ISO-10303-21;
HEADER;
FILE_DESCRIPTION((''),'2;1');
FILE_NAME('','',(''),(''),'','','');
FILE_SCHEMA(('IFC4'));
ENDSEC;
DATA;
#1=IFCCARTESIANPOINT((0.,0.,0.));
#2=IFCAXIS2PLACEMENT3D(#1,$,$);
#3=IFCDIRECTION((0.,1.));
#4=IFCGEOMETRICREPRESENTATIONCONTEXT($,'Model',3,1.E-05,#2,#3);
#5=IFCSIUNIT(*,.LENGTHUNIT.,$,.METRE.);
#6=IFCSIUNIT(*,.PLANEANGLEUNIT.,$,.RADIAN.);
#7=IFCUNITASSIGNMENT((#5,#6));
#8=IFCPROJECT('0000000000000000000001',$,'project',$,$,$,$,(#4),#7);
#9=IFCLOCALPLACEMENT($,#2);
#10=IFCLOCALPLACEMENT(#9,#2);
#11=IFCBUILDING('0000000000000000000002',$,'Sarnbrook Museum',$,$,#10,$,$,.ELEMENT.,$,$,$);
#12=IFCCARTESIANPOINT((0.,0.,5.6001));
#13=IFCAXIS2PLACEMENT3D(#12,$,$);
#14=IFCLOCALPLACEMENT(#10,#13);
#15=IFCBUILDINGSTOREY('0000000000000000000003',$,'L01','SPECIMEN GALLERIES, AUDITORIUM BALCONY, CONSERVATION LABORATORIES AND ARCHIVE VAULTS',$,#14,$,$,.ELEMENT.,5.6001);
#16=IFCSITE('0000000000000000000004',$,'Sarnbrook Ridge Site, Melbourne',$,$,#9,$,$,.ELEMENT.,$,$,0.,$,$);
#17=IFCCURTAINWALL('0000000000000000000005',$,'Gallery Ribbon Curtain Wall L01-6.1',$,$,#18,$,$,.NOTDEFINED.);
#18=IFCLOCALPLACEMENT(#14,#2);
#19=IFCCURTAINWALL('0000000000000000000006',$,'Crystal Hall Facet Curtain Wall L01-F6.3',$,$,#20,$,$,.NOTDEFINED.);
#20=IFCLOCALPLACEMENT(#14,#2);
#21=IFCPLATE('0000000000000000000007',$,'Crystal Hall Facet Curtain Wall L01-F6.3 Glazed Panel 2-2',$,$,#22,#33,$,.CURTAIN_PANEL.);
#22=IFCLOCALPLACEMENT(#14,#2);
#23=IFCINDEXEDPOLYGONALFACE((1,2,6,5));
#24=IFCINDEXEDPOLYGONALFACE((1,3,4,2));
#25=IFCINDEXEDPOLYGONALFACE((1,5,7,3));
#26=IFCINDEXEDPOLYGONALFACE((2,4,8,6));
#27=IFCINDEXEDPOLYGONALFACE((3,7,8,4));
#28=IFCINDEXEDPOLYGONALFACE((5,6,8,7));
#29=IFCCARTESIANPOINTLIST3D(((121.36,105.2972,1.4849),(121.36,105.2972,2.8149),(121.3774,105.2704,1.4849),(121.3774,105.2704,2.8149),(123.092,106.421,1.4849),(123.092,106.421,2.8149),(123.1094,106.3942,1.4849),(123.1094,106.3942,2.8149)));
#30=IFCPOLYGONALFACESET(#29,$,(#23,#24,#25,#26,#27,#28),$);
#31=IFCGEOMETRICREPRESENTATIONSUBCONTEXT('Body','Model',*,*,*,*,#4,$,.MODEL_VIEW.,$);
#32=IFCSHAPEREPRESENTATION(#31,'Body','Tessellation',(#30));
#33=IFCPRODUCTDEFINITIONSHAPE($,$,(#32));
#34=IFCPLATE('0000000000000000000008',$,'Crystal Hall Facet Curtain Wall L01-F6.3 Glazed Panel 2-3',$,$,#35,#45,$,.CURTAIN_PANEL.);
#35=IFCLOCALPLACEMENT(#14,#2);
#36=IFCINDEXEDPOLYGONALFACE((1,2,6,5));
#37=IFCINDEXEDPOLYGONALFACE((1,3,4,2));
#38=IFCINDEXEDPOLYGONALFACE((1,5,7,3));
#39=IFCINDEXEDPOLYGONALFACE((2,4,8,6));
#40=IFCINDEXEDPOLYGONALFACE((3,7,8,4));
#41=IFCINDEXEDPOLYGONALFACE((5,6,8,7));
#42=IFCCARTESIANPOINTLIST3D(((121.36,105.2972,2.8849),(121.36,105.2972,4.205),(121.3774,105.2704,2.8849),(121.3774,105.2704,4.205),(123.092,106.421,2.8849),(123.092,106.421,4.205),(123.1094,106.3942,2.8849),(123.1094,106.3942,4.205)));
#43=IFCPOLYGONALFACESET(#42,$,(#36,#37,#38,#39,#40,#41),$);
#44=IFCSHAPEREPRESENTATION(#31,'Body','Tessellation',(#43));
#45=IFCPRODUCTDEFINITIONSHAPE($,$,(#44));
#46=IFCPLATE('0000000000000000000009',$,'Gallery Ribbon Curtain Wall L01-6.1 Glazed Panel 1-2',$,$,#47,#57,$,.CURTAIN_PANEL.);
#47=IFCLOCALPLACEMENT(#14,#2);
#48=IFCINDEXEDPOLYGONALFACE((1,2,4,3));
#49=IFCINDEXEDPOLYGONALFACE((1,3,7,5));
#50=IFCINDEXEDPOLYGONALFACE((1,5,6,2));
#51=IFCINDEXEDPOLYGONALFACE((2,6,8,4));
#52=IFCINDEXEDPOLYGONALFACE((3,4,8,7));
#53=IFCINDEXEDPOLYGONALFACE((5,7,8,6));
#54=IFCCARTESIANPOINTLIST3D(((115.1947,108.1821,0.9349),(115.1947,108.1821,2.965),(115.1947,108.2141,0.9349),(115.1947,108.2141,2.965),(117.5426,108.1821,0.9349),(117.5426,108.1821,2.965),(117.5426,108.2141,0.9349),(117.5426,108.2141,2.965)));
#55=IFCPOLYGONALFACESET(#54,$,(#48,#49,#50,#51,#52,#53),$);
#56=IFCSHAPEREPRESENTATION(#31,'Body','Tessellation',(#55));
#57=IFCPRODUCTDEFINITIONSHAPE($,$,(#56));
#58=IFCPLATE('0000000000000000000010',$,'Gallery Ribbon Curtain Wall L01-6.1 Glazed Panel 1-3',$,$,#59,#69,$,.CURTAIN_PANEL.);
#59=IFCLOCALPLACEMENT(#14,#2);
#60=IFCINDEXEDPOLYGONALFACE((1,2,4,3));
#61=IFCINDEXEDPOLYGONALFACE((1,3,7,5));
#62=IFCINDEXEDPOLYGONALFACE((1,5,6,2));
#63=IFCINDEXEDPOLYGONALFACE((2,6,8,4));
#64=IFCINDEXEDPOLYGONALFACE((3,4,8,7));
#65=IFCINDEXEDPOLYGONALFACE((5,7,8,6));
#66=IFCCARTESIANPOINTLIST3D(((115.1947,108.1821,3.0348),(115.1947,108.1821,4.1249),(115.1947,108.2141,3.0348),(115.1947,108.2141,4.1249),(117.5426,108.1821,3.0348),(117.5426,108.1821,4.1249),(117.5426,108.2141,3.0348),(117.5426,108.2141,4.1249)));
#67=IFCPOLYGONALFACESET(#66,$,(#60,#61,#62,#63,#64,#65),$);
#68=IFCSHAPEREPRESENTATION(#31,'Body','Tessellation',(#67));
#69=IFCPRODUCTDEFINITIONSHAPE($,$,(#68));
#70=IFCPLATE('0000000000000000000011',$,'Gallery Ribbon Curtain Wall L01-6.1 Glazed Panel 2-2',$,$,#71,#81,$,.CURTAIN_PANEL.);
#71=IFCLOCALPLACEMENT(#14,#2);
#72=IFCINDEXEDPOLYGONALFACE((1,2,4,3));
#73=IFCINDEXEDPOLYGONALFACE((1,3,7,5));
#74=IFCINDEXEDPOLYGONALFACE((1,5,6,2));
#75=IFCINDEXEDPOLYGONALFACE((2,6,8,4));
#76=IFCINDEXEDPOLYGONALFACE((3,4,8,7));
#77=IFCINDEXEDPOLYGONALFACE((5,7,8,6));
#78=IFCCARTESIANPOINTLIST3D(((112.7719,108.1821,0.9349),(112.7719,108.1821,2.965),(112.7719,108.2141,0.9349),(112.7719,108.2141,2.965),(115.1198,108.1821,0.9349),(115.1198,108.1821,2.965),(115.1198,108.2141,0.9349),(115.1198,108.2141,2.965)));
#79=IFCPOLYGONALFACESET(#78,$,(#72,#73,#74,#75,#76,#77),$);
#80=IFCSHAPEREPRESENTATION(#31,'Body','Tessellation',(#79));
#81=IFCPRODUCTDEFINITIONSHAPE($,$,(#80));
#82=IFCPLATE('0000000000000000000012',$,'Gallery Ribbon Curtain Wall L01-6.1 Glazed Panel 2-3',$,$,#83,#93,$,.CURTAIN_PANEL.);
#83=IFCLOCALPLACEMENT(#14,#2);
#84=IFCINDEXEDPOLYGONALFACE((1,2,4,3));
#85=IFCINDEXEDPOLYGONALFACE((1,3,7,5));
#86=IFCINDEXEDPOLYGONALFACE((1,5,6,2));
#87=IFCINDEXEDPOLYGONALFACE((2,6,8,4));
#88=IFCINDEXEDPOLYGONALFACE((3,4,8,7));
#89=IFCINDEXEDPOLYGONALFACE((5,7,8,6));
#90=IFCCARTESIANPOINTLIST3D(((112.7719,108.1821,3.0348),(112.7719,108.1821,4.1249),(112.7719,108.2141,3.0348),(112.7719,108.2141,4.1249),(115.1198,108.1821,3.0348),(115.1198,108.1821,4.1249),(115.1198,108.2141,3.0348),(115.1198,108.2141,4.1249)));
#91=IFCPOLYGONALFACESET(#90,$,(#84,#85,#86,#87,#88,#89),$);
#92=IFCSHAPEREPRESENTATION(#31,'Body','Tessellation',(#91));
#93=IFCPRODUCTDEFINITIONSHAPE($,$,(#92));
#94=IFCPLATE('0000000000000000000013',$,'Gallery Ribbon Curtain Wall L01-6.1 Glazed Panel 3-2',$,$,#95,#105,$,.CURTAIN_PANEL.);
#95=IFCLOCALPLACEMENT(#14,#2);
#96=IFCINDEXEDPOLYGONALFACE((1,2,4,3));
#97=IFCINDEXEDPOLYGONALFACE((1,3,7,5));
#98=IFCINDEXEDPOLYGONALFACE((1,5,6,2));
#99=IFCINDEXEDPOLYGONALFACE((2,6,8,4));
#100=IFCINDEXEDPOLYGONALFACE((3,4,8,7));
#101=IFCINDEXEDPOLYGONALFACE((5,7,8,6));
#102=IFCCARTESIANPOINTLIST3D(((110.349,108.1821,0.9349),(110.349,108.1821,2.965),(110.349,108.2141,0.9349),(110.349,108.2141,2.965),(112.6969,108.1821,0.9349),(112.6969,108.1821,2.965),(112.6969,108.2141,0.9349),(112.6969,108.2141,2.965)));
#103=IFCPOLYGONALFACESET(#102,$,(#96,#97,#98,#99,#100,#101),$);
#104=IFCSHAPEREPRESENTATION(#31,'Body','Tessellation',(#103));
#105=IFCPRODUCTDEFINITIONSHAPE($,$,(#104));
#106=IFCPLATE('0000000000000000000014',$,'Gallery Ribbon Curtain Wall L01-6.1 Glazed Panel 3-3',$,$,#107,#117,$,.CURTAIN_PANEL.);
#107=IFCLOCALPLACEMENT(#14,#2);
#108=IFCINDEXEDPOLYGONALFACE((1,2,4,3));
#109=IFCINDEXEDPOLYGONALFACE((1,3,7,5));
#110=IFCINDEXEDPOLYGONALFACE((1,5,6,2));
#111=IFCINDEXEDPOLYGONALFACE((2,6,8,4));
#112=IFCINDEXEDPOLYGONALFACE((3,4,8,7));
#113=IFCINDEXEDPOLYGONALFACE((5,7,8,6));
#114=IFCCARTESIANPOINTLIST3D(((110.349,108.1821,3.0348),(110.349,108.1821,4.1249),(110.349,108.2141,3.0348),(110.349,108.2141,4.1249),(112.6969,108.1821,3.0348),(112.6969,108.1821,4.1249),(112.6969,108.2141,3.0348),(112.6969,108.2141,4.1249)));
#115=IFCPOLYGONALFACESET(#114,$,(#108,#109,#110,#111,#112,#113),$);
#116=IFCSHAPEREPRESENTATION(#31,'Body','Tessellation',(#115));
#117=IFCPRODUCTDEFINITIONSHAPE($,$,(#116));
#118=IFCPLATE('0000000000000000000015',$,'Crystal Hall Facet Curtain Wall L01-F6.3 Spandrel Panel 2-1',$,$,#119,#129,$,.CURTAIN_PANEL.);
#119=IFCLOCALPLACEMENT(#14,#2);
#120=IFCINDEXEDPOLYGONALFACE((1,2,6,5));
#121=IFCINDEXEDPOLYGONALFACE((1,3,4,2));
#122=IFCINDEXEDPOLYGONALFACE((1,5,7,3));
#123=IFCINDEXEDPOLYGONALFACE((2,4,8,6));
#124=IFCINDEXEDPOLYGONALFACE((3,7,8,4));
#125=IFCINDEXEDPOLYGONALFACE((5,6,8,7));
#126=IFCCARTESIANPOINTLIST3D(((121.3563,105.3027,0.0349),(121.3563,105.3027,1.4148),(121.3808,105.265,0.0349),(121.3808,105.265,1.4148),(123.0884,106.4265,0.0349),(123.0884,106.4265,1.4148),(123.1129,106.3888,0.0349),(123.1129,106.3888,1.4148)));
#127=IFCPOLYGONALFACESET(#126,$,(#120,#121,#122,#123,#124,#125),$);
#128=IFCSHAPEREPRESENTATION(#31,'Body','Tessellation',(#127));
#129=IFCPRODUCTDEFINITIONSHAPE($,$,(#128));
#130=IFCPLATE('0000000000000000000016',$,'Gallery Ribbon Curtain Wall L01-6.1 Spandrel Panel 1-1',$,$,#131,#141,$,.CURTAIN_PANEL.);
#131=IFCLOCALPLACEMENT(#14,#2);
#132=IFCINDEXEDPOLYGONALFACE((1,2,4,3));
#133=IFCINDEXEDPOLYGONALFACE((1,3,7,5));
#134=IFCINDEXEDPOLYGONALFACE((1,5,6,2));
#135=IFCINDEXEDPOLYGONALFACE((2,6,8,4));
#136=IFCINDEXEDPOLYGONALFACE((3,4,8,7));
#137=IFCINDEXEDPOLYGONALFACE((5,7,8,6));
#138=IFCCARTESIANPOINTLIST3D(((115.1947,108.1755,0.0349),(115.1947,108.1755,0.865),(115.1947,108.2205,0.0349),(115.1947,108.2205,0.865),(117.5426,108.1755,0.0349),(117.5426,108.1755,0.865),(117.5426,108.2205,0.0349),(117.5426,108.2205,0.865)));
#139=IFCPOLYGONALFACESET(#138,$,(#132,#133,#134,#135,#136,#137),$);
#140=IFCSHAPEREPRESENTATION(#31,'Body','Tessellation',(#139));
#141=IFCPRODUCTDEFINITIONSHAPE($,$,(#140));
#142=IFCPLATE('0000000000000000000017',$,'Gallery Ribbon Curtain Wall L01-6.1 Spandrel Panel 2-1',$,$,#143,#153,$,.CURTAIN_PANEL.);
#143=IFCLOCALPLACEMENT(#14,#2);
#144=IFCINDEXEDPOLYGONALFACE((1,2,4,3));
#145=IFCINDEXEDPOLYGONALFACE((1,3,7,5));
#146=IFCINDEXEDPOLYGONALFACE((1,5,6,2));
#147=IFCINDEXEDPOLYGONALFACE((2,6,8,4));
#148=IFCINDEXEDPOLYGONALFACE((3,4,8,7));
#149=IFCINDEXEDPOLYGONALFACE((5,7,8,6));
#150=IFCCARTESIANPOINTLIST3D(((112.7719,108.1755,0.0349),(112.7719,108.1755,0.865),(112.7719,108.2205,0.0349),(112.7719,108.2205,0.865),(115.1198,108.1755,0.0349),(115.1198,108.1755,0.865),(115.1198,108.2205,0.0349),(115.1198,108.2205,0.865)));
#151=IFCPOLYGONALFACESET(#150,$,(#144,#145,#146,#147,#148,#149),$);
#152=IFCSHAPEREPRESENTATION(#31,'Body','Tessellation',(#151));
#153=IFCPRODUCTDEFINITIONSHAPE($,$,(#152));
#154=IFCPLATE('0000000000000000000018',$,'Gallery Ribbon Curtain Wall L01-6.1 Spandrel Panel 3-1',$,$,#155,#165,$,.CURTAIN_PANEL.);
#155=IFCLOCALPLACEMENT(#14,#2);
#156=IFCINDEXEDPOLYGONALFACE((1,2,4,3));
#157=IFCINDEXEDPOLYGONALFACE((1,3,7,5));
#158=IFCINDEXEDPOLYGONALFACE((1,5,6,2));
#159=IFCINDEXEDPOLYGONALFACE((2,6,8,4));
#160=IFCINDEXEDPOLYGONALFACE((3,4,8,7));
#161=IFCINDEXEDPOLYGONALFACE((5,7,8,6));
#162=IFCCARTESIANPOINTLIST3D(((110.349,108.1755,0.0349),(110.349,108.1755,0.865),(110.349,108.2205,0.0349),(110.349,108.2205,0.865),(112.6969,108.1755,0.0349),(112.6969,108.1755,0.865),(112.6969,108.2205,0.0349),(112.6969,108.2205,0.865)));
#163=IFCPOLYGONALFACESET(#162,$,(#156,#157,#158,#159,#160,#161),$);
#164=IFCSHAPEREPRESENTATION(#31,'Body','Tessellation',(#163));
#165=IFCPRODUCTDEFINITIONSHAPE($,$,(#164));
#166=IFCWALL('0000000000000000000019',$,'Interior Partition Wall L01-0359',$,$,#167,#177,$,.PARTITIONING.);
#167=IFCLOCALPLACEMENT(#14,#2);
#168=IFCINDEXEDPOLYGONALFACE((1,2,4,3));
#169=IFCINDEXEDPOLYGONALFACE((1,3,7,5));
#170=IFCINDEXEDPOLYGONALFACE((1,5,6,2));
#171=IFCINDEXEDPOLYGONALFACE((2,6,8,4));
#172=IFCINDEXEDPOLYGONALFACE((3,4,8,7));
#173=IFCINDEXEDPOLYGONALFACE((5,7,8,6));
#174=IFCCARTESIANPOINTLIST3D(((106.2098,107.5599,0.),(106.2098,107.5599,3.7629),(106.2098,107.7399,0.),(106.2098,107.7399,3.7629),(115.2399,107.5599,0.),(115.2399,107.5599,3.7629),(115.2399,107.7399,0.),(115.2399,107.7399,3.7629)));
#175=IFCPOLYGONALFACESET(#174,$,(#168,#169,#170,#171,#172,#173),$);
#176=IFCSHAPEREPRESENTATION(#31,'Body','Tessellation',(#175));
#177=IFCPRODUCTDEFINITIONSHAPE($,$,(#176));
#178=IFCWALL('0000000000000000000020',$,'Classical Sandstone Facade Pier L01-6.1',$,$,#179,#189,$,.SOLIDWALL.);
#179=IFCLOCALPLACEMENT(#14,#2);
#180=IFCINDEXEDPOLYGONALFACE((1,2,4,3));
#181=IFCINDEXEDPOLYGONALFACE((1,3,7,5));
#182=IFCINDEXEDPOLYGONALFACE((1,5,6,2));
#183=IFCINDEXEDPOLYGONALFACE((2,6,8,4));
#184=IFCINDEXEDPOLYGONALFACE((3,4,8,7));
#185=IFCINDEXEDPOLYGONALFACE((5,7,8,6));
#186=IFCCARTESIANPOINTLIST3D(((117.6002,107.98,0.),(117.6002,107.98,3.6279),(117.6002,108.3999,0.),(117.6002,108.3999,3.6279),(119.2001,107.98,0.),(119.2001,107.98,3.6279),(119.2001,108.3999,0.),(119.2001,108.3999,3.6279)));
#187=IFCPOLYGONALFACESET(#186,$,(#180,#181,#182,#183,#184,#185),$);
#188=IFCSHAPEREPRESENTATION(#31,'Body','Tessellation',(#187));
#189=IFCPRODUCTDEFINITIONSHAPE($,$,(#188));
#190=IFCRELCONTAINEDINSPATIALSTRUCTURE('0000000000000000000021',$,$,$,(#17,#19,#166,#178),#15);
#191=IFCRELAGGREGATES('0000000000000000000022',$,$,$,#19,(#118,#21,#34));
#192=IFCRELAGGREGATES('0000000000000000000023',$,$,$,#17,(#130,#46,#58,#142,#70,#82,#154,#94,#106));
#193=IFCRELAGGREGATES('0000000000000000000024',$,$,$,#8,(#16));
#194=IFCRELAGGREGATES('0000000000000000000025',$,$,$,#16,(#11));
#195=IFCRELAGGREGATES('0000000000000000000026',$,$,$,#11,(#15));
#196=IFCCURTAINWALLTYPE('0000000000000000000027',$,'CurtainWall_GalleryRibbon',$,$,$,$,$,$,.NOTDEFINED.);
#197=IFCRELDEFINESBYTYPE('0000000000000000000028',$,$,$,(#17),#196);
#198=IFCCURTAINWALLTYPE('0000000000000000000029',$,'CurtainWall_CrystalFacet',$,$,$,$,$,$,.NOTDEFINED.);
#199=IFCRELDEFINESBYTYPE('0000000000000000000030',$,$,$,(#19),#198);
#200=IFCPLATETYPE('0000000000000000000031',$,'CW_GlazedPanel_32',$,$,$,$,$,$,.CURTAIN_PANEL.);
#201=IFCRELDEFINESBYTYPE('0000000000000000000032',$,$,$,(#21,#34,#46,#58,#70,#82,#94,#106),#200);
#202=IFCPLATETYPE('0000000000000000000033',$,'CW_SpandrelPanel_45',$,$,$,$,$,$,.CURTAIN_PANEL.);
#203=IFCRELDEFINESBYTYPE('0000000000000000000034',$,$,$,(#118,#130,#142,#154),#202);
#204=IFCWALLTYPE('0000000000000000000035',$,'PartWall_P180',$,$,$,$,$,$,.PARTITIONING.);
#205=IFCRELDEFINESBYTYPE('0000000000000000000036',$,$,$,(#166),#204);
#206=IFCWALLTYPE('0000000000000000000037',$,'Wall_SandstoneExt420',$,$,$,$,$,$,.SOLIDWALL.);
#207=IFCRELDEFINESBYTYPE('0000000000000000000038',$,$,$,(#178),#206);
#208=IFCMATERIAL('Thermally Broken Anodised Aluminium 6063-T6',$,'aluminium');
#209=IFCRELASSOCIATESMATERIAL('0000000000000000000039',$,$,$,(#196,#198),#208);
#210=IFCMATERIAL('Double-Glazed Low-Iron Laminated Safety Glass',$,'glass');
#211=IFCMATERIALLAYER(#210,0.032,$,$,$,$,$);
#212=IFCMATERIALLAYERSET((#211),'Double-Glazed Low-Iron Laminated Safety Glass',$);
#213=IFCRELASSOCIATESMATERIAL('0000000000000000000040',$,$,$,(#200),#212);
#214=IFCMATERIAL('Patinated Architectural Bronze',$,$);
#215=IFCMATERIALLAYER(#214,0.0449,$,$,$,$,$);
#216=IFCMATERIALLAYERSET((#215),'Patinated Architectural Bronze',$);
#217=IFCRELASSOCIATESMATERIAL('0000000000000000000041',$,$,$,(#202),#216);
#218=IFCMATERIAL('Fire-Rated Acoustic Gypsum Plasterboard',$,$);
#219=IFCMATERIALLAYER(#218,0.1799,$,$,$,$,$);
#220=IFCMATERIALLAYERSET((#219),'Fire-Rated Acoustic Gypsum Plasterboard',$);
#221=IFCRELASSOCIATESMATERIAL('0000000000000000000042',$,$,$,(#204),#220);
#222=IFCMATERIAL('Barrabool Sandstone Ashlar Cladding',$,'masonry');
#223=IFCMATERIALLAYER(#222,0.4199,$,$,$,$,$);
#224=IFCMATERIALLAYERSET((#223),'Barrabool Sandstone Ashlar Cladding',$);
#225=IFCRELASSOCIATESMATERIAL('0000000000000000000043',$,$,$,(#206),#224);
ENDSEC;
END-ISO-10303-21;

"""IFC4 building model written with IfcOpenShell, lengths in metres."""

from ifc_helpers import new_model, si_unit, direction, frame, frame_2d, origin, origin_2d, place, context, subcontext, project, spatial, rectangle, extrude, material, layer, layer_set, type_object, element, aggregate, save


model = new_model("IFC4")

# Units and contexts
model_context = context("Model", 3, precision=1e-05, world=origin(), true_north=direction((0.0, 1.0)))
body_context = subcontext(model_context, "Body", "Model", "MODEL_VIEW")
ifc_project = project(units=[si_unit("LENGTHUNIT", "METRE"), si_unit("PLANEANGLEUNIT", "RADIAN")], contexts=[model_context])

# Site, building, storey
site_placement = place(None, origin())
site = spatial("IfcSite", under=ifc_project, at=site_placement, Name="Sarnbrook Ridge Site, Melbourne", CompositionType="ELEMENT", RefElevation=0.0)
building_placement = place(site_placement, origin())
building = spatial("IfcBuilding", under=site, at=building_placement, Name="Sarnbrook Museum", CompositionType="ELEMENT")
storey_placement = place(building_placement, frame((0.0, 0.0, 5.6001)))
storey = spatial("IfcBuildingStorey", under=building, at=storey_placement, Name="L01", Description="SPECIMEN GALLERIES, AUDITORIUM BALCONY, CONSERVATION LABORATORIES AND ARCHIVE VAULTS", CompositionType="ELEMENT", Elevation=5.6001)

# Curtain walls
ifc_material_1 = material(Name="Thermally Broken Anodised Aluminium 6063-T6", Category="aluminium")
curtain_wall_type_1 = type_object("IfcCurtainWallType", Name="CurtainWall_GalleryRibbon", PredefinedType="NOTDEFINED", material=ifc_material_1)
curtain_wall_1_placement = place(storey_placement, origin())
curtain_wall_1 = element("IfcCurtainWall", 1, at=curtain_wall_1_placement, inside=storey, type_object=curtain_wall_type_1, Name="Gallery Ribbon Curtain Wall L01-6.1", PredefinedType="NOTDEFINED")
curtain_wall_type_2 = type_object("IfcCurtainWallType", Name="CurtainWall_CrystalFacet", PredefinedType="NOTDEFINED", material=ifc_material_1)
curtain_wall_2_placement = place(storey_placement, origin())
curtain_wall_2 = element("IfcCurtainWall", 2, at=curtain_wall_2_placement, inside=storey, type_object=curtain_wall_type_2, Name="Crystal Hall Facet Curtain Wall L01-F6.3", PredefinedType="NOTDEFINED")

# Plates
ifc_material_2 = material(Name="Double-Glazed Low-Iron Laminated Safety Glass", Category="glass")
ifc_layer_1 = layer(ifc_material_2, 0.032)
ifc_layer_set_1 = layer_set([ifc_layer_1], Name="Double-Glazed Low-Iron Laminated Safety Glass")
plate_type_1 = type_object("IfcPlateType", Name="CW_GlazedPanel_32", PredefinedType="CURTAIN_PANEL", material=ifc_layer_set_1)
plate_1_placement = place(storey_placement, frame((122.2434, 105.8323, 2.1499), z_axis=(-0.544287, 0.838899, 0.0), x_axis=(-0.838899, -0.544287, 0.0)))
plate_1 = element("IfcPlate", 3, at=plate_1_placement, type_object=plate_type_1, Name="Crystal Hall Facet Curtain Wall L01-F6.3 Glazed Panel 2-2", PredefinedType="CURTAIN_PANEL", context=body_context, shape_type="SweptSolid", body=[
    extrude(rectangle(XDim=2.0647, YDim=1.3301, at=origin_2d()), origin(), (0.0, 0.0, 1.0), 0.032),
])
plate_2_placement = place(storey_placement, frame((122.2434, 105.8323, 3.5449), z_axis=(-0.544287, 0.838899, 0.0), x_axis=(-0.838899, -0.544287, 0.0)))
plate_2 = element("IfcPlate", 4, at=plate_2_placement, type_object=plate_type_1, Name="Crystal Hall Facet Curtain Wall L01-F6.3 Glazed Panel 2-3", PredefinedType="CURTAIN_PANEL", context=body_context, shape_type="SweptSolid", body=[
    extrude(rectangle(XDim=2.0647, YDim=1.3201, at=origin_2d()), origin(), (0.0, 0.0, 1.0), 0.032),
])
plate_3_placement = place(storey_placement, frame((116.3687, 108.1821, 1.95), z_axis=(0.0, 1.0, 0.0), x_axis=(-1.0, 0.0, 0.0)))
plate_3 = element("IfcPlate", 5, at=plate_3_placement, type_object=plate_type_1, Name="Gallery Ribbon Curtain Wall L01-6.1 Glazed Panel 1-2", PredefinedType="CURTAIN_PANEL", context=body_context, shape_type="SweptSolid", body=[
    extrude(rectangle(XDim=2.3479, YDim=2.03, at=origin_2d()), origin(), (0.0, 0.0, 1.0), 0.032),
])
plate_4_placement = place(storey_placement, frame((116.3687, 108.1821, 3.5798), z_axis=(0.0, 1.0, 0.0), x_axis=(-1.0, 0.0, 0.0)))
plate_4 = element("IfcPlate", 6, at=plate_4_placement, type_object=plate_type_1, Name="Gallery Ribbon Curtain Wall L01-6.1 Glazed Panel 1-3", PredefinedType="CURTAIN_PANEL", context=body_context, shape_type="SweptSolid", body=[
    extrude(rectangle(XDim=2.3479, YDim=1.0901, at=origin_2d()), origin(), (0.0, 0.0, 1.0), 0.032),
])
plate_5_placement = place(storey_placement, frame((113.9458, 108.1821, 1.95), z_axis=(0.0, 1.0, 0.0), x_axis=(-1.0, 0.0, 0.0)))
plate_5 = element("IfcPlate", 7, at=plate_5_placement, type_object=plate_type_1, Name="Gallery Ribbon Curtain Wall L01-6.1 Glazed Panel 2-2", PredefinedType="CURTAIN_PANEL", context=body_context, shape_type="SweptSolid", body=[
    extrude(rectangle(XDim=2.3479, YDim=2.03, at=origin_2d()), origin(), (0.0, 0.0, 1.0), 0.032),
])
plate_6_placement = place(storey_placement, frame((113.9458, 108.1821, 3.5798), z_axis=(0.0, 1.0, 0.0), x_axis=(-1.0, 0.0, 0.0)))
plate_6 = element("IfcPlate", 8, at=plate_6_placement, type_object=plate_type_1, Name="Gallery Ribbon Curtain Wall L01-6.1 Glazed Panel 2-3", PredefinedType="CURTAIN_PANEL", context=body_context, shape_type="SweptSolid", body=[
    extrude(rectangle(XDim=2.3479, YDim=1.0901, at=origin_2d()), origin(), (0.0, 0.0, 1.0), 0.032),
])
plate_7_placement = place(storey_placement, frame((111.5229, 108.1821, 1.95), z_axis=(0.0, 1.0, 0.0), x_axis=(-1.0, 0.0, 0.0)))
plate_7 = element("IfcPlate", 9, at=plate_7_placement, type_object=plate_type_1, Name="Gallery Ribbon Curtain Wall L01-6.1 Glazed Panel 3-2", PredefinedType="CURTAIN_PANEL", context=body_context, shape_type="SweptSolid", body=[
    extrude(rectangle(XDim=2.3479, YDim=2.03, at=origin_2d()), origin(), (0.0, 0.0, 1.0), 0.032),
])
plate_8_placement = place(storey_placement, frame((111.5229, 108.1821, 3.5798), z_axis=(0.0, 1.0, 0.0), x_axis=(-1.0, 0.0, 0.0)))
plate_8 = element("IfcPlate", 10, at=plate_8_placement, type_object=plate_type_1, Name="Gallery Ribbon Curtain Wall L01-6.1 Glazed Panel 3-3", PredefinedType="CURTAIN_PANEL", context=body_context, shape_type="SweptSolid", body=[
    extrude(rectangle(XDim=2.3479, YDim=1.0901, at=origin_2d()), origin(), (0.0, 0.0, 1.0), 0.032),
])
ifc_material_3 = material(Name="Patinated Architectural Bronze")
ifc_layer_2 = layer(ifc_material_3, 0.0449)
ifc_layer_set_2 = layer_set([ifc_layer_2], Name="Patinated Architectural Bronze")
plate_type_2 = type_object("IfcPlateType", Name="CW_SpandrelPanel_45", PredefinedType="CURTAIN_PANEL", material=ifc_layer_set_2)
plate_9_placement = place(storey_placement, frame((122.2468, 105.8269, 0.7249), z_axis=(-0.544287, 0.838899, 0.0), x_axis=(-0.838899, -0.544287, 0.0)))
plate_9 = element("IfcPlate", 11, at=plate_9_placement, type_object=plate_type_2, Name="Crystal Hall Facet Curtain Wall L01-F6.3 Spandrel Panel 2-1", PredefinedType="CURTAIN_PANEL", context=body_context, shape_type="SweptSolid", body=[
    extrude(rectangle(XDim=2.0647, YDim=1.3799, at=origin_2d()), origin(), (0.0, 0.0, 1.0), 0.0449),
])
aggregate(curtain_wall_2, [plate_9, plate_1, plate_2])
plate_10_placement = place(storey_placement, frame((116.3687, 108.1755, 0.45), z_axis=(0.0, 1.0, 0.0), x_axis=(-1.0, 0.0, 0.0)))
plate_10 = element("IfcPlate", 12, at=plate_10_placement, type_object=plate_type_2, Name="Gallery Ribbon Curtain Wall L01-6.1 Spandrel Panel 1-1", PredefinedType="CURTAIN_PANEL", context=body_context, shape_type="SweptSolid", body=[
    extrude(rectangle(XDim=2.3479, YDim=0.8301, at=origin_2d()), origin(), (0.0, 0.0, 1.0), 0.0449),
])
plate_11_placement = place(storey_placement, frame((113.9458, 108.1755, 0.45), z_axis=(0.0, 1.0, 0.0), x_axis=(-1.0, 0.0, 0.0)))
plate_11 = element("IfcPlate", 13, at=plate_11_placement, type_object=plate_type_2, Name="Gallery Ribbon Curtain Wall L01-6.1 Spandrel Panel 2-1", PredefinedType="CURTAIN_PANEL", context=body_context, shape_type="SweptSolid", body=[
    extrude(rectangle(XDim=2.3479, YDim=0.8301, at=origin_2d()), origin(), (0.0, 0.0, 1.0), 0.0449),
])
plate_12_placement = place(storey_placement, frame((111.5229, 108.1755, 0.45), z_axis=(0.0, 1.0, 0.0), x_axis=(-1.0, 0.0, 0.0)))
plate_12 = element("IfcPlate", 14, at=plate_12_placement, type_object=plate_type_2, Name="Gallery Ribbon Curtain Wall L01-6.1 Spandrel Panel 3-1", PredefinedType="CURTAIN_PANEL", context=body_context, shape_type="SweptSolid", body=[
    extrude(rectangle(XDim=2.3479, YDim=0.8301, at=origin_2d()), origin(), (0.0, 0.0, 1.0), 0.0449),
])
aggregate(curtain_wall_1, [plate_10, plate_3, plate_4, plate_11, plate_5, plate_6, plate_12, plate_7, plate_8])

# Walls
ifc_material_4 = material(Name="Fire-Rated Acoustic Gypsum Plasterboard")
ifc_layer_3 = layer(ifc_material_4, 0.1799)
ifc_layer_set_3 = layer_set([ifc_layer_3], Name="Fire-Rated Acoustic Gypsum Plasterboard")
wall_type_1 = type_object("IfcWallType", Name="PartWall_P180", PredefinedType="PARTITIONING", material=ifc_layer_set_3)
wall_1_placement = place(storey_placement, frame((115.24, 107.6499, 0.0), z_axis=(0.0, 0.0, 1.0), x_axis=(-1.0, 0.0, 0.0)))
element("IfcWall", 15, at=wall_1_placement, inside=storey, type_object=wall_type_1, Name="Interior Partition Wall L01-0359", PredefinedType="PARTITIONING", context=body_context, shape_type="SweptSolid", body=[
    extrude(rectangle(XDim=9.03, YDim=0.1799, at=frame_2d((4.5151, 0.0))), origin(), (0.0, 0.0, 1.0), 3.7629),
])
ifc_material_5 = material(Name="Barrabool Sandstone Ashlar Cladding", Category="masonry")
ifc_layer_4 = layer(ifc_material_5, 0.4199)
ifc_layer_set_4 = layer_set([ifc_layer_4], Name="Barrabool Sandstone Ashlar Cladding")
wall_type_2 = type_object("IfcWallType", Name="Wall_SandstoneExt420", PredefinedType="SOLIDWALL", material=ifc_layer_set_4)
wall_2_placement = place(storey_placement, frame((119.2, 108.1899, 0.0), z_axis=(0.0, 0.0, 1.0), x_axis=(-1.0, 0.0, 0.0)))
element("IfcWall", 16, at=wall_2_placement, inside=storey, type_object=wall_type_2, Name="Classical Sandstone Facade Pier L01-6.1", PredefinedType="SOLIDWALL", context=body_context, shape_type="SweptSolid", body=[
    extrude(rectangle(XDim=1.5999, YDim=0.4199, at=frame_2d((0.7998, 0.0))), origin(), (0.0, 0.0, 1.0), 3.6279),
])

save(model, "model.ifc")
